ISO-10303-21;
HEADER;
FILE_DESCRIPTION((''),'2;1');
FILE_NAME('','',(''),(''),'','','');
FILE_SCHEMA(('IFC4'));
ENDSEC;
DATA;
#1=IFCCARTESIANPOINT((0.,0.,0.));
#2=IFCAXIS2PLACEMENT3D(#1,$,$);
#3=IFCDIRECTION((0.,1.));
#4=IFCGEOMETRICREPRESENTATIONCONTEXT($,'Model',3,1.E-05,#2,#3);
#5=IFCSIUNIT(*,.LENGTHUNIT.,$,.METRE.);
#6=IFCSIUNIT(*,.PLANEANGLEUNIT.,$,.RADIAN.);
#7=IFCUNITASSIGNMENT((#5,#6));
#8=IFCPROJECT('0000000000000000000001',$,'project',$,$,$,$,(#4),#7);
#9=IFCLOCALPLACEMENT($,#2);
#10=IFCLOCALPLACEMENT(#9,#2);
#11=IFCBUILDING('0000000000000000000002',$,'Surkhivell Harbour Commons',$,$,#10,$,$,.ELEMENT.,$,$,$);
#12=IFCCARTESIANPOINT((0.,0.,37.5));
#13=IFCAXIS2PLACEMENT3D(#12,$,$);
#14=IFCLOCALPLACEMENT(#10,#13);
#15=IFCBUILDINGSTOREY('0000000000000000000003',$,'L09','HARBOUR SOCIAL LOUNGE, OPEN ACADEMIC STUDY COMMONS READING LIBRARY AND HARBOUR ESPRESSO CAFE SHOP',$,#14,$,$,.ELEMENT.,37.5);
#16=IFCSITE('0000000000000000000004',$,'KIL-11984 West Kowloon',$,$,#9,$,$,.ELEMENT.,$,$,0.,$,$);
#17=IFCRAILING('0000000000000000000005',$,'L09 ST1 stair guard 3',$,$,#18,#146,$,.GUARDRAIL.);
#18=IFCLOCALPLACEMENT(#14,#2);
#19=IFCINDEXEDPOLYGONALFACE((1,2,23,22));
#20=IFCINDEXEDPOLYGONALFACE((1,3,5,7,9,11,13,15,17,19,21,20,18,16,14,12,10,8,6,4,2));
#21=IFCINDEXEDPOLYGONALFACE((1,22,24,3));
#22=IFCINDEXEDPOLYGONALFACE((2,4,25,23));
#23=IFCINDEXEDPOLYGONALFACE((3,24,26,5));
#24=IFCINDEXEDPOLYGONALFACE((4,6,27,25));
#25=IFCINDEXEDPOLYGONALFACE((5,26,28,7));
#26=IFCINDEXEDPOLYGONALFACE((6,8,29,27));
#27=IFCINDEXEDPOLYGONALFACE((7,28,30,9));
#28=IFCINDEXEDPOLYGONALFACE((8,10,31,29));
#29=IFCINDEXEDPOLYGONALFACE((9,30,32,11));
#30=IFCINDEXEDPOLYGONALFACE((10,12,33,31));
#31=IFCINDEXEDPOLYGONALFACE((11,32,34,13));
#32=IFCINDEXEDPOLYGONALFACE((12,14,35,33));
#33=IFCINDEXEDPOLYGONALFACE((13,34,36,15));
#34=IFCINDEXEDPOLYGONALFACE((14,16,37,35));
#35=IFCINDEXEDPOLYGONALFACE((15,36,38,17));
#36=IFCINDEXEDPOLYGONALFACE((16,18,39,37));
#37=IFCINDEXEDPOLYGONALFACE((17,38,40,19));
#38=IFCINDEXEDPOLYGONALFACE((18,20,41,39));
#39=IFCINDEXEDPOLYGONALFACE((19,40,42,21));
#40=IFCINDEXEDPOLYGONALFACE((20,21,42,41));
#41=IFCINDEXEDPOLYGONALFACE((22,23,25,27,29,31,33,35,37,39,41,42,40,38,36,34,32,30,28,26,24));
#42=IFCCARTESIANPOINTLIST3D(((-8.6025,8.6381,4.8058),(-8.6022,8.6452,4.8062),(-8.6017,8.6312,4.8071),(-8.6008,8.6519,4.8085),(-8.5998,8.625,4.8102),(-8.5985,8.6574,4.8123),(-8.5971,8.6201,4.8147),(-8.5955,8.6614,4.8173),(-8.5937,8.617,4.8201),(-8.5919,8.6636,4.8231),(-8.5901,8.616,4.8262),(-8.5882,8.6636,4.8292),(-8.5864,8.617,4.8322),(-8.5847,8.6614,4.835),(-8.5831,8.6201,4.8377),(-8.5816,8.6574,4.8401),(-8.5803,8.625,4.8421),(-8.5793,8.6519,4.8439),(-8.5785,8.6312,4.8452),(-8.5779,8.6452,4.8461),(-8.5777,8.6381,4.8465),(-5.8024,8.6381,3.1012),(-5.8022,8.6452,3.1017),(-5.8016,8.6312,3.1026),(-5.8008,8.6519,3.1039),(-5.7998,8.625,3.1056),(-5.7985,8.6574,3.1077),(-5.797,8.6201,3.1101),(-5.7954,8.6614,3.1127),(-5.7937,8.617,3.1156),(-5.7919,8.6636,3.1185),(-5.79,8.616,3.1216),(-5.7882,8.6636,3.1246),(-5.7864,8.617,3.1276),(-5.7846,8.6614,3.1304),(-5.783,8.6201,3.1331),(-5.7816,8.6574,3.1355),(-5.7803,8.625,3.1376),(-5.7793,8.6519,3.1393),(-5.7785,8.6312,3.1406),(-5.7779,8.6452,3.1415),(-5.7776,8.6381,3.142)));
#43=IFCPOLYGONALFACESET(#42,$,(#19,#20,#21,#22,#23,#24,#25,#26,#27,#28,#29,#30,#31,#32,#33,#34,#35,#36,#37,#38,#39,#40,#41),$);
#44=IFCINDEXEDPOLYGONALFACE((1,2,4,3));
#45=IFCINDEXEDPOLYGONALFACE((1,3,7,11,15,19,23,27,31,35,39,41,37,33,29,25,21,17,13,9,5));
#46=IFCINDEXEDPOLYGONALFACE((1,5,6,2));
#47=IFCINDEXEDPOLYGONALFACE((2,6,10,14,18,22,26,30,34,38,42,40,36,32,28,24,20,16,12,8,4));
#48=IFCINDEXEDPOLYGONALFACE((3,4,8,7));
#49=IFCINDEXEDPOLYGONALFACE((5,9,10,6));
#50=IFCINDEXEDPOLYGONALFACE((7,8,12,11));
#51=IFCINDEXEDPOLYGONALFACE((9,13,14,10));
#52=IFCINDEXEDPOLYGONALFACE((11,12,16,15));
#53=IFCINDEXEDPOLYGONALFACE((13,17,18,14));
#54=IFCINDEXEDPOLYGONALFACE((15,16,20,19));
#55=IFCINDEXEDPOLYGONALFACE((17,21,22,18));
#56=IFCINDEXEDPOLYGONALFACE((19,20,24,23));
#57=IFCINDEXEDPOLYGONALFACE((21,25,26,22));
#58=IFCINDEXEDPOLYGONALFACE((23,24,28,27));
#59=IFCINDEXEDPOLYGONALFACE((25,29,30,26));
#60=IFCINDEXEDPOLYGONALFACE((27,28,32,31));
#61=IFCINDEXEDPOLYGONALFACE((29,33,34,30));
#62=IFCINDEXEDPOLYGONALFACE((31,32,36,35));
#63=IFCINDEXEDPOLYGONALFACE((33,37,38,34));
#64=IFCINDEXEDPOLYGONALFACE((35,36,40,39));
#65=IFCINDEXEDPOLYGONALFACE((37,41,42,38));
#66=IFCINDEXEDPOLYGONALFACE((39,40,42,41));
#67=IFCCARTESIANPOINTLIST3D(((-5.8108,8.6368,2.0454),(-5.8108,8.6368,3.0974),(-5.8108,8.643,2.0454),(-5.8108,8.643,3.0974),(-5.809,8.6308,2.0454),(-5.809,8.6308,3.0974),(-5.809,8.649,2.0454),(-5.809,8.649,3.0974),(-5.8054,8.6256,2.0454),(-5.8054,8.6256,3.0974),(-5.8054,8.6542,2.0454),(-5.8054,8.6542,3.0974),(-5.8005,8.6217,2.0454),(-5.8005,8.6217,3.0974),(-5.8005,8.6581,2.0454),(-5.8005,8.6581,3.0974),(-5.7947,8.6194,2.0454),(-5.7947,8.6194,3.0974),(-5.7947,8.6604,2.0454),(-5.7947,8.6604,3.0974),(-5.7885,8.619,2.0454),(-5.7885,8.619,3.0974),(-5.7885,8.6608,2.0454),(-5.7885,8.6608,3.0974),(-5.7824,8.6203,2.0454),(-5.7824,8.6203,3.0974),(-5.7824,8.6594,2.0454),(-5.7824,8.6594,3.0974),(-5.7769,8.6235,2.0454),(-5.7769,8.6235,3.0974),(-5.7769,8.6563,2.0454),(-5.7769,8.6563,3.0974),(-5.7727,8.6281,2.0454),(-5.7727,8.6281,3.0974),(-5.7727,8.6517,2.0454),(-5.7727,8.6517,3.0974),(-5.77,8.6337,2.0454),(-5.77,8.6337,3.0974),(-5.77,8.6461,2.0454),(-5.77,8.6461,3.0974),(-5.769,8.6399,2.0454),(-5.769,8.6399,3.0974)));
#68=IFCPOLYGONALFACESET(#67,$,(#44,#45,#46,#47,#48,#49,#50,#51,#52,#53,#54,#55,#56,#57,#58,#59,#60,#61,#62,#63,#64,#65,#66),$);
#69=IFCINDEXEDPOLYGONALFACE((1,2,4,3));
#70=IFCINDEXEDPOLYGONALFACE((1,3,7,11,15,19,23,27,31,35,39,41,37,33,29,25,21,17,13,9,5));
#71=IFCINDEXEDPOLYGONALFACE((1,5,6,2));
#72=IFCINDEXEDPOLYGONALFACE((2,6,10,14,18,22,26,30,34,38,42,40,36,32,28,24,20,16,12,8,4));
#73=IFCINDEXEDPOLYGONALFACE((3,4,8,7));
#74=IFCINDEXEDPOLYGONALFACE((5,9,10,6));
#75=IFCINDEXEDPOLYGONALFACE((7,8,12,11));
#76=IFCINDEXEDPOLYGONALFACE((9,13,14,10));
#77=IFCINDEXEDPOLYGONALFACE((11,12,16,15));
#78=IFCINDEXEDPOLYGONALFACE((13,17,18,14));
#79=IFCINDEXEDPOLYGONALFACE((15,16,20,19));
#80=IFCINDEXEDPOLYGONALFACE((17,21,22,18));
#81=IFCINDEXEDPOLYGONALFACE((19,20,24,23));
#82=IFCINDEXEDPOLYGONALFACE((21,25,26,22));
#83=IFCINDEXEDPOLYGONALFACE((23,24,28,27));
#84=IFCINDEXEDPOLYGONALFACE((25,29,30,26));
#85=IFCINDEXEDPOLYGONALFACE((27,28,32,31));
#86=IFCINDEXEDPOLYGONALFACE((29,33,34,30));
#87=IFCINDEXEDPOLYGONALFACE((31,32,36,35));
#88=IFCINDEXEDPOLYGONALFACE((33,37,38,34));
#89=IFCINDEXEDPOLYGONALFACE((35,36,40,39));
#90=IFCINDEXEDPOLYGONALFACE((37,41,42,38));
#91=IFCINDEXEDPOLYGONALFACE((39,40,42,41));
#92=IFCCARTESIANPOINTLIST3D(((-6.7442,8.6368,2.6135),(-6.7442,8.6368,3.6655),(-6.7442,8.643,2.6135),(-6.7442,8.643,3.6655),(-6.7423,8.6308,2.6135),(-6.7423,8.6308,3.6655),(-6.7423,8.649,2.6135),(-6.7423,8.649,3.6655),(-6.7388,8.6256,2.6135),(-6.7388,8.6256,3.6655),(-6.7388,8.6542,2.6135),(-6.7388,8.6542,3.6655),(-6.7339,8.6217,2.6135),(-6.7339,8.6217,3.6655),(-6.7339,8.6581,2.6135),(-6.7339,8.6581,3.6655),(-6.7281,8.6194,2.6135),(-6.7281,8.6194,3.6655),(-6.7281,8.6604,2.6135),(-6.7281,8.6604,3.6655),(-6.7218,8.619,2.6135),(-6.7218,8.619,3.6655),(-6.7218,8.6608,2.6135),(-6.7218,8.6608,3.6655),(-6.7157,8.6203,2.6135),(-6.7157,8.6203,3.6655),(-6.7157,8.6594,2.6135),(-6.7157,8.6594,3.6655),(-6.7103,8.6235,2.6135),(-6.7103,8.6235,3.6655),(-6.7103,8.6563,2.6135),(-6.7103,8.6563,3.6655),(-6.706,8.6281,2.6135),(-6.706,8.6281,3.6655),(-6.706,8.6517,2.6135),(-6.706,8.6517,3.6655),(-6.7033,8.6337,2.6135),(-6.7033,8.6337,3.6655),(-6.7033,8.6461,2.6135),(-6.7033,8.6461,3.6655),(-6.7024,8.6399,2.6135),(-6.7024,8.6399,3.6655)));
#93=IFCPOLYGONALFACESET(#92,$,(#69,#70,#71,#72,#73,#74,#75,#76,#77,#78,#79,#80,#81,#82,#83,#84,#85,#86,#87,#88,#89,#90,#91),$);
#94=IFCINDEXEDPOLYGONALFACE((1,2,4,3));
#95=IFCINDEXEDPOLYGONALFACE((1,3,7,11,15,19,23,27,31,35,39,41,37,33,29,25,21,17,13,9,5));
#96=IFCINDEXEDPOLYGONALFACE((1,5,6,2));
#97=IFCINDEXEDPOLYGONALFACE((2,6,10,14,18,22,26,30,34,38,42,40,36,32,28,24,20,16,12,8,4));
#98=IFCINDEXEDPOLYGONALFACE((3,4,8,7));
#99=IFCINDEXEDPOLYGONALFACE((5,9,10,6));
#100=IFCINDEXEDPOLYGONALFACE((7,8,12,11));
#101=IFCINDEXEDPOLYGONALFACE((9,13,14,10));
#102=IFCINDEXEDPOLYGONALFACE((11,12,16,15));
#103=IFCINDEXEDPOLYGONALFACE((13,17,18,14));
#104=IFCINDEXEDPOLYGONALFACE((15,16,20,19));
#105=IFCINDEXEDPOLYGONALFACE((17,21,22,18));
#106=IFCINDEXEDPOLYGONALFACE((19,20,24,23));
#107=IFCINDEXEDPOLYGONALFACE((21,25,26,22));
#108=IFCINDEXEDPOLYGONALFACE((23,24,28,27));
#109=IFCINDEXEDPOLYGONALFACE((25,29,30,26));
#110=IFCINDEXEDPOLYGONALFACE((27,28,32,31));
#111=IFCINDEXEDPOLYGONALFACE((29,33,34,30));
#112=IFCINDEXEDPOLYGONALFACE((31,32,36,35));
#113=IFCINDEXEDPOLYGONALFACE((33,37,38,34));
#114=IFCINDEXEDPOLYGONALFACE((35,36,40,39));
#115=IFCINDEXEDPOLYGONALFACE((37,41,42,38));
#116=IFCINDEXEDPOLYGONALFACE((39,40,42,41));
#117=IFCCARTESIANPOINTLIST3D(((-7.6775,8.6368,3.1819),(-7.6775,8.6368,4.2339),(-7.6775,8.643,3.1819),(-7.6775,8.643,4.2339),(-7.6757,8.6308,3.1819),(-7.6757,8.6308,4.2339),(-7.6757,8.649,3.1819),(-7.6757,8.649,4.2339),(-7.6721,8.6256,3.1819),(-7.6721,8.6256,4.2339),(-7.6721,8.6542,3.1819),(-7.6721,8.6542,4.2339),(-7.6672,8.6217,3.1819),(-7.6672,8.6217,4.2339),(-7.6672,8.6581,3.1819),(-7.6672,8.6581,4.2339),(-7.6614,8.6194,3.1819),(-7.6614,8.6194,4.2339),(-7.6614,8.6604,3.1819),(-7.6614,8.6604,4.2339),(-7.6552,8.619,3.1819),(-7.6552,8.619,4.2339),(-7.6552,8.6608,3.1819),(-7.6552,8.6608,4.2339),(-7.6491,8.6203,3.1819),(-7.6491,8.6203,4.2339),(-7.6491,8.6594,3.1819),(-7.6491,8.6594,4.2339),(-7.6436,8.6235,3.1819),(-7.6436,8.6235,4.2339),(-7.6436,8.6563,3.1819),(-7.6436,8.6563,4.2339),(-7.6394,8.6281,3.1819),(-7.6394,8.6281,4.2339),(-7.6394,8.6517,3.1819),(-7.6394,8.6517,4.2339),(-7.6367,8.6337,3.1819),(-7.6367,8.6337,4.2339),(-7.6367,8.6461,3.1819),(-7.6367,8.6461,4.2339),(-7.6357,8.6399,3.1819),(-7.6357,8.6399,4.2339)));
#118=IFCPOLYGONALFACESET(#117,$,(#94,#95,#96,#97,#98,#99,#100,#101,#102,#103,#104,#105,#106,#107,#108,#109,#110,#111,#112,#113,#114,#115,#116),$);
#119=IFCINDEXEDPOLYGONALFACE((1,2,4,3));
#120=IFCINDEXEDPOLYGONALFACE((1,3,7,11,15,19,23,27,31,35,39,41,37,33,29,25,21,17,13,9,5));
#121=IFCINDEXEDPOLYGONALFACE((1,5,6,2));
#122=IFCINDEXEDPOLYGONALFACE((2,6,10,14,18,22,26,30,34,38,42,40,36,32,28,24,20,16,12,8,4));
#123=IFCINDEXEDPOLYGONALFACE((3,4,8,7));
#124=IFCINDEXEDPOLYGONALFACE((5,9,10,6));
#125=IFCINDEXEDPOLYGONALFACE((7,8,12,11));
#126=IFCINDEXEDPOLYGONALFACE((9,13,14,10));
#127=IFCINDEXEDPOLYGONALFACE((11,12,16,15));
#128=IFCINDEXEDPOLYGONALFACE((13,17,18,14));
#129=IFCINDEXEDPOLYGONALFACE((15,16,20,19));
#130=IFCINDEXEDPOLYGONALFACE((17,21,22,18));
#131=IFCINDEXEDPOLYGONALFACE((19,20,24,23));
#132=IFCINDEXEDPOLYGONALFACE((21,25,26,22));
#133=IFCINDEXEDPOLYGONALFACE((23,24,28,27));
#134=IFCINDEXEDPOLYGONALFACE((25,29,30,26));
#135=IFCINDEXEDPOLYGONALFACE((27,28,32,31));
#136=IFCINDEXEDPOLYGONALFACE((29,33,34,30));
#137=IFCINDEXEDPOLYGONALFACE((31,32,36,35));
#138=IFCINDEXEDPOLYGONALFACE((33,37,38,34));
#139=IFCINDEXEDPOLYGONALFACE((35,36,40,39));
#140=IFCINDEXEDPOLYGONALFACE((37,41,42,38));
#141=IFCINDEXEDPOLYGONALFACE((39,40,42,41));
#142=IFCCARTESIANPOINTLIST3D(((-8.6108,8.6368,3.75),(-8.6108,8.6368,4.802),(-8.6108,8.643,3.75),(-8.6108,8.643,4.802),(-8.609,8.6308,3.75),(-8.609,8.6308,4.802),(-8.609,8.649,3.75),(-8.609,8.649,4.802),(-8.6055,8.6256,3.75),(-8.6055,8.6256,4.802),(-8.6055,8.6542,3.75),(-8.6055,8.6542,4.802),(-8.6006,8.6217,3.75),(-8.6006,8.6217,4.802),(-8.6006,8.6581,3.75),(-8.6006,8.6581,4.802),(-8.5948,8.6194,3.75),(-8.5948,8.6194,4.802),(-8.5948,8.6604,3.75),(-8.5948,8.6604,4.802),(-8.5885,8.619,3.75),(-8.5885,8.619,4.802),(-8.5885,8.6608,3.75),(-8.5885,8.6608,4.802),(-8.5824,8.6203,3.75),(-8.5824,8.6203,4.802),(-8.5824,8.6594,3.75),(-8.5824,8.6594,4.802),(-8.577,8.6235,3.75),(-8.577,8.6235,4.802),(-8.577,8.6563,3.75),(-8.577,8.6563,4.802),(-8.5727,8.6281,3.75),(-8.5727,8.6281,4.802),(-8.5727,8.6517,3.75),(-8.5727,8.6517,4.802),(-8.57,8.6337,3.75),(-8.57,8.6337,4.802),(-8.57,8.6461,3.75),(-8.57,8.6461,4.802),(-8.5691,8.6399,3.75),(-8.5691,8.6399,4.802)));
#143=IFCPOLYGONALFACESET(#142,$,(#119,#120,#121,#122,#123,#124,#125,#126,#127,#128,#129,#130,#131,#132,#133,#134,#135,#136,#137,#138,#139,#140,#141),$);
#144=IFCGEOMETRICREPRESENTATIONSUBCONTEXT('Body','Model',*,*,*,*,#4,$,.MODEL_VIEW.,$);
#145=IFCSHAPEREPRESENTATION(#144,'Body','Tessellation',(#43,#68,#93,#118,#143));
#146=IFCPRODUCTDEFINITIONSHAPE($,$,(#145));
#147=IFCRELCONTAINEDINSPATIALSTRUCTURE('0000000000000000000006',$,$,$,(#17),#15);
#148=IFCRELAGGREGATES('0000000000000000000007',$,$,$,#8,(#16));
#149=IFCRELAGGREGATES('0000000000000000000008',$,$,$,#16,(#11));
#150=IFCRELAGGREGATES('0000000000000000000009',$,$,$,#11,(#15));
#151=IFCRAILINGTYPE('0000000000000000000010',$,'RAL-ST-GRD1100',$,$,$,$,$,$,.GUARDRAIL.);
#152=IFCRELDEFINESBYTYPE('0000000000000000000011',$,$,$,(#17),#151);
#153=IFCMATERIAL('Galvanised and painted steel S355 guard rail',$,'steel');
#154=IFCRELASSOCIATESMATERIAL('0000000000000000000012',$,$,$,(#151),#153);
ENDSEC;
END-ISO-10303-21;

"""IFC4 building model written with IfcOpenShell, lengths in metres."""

from ifc_helpers import new_model, si_unit, direction, frame, origin, origin_2d, place, context, subcontext, project, spatial, circle, extrude, material, type_object, element, save


model = new_model("IFC4")

# Units and contexts
model_context = context("Model", 3, precision=1e-05, world=origin(), true_north=direction((0.0, 1.0)))
body_context = subcontext(model_context, "Body", "Model", "MODEL_VIEW")
ifc_project = project(units=[si_unit("LENGTHUNIT", "METRE"), si_unit("PLANEANGLEUNIT", "RADIAN")], contexts=[model_context])

# Site, building, storey
site_placement = place(None, origin())
site = spatial("IfcSite", under=ifc_project, at=site_placement, Name="KIL-11984 West Kowloon", CompositionType="ELEMENT", RefElevation=0.0)
building_placement = place(site_placement, origin())
building = spatial("IfcBuilding", under=site, at=building_placement, Name="Surkhivell Harbour Commons", CompositionType="ELEMENT")
storey_placement = place(building_placement, frame((0.0, 0.0, 37.5)))
storey = spatial("IfcBuildingStorey", under=building, at=storey_placement, Name="L09", Description="HARBOUR SOCIAL LOUNGE, OPEN ACADEMIC STUDY COMMONS READING LIBRARY AND HARBOUR ESPRESSO CAFE SHOP", CompositionType="ELEMENT", Elevation=37.5)

# Railing
ifc_material_1 = material(Name="Galvanised and painted steel S355 guard rail", Category="steel")
railing_type_1 = type_object("IfcRailingType", Name="RAL-ST-GRD1100", PredefinedType="GUARDRAIL", material=ifc_material_1)
railing_1_placement = place(storey_placement, frame((-5.79, 8.6399, 2.0454)))
element("IfcRailing", 1, at=railing_1_placement, inside=storey, type_object=railing_type_1, Name="L09 ST1 stair guard 3", PredefinedType="GUARDRAIL", context=body_context, shape_type="SweptSolid", body=[
    extrude(circle(Radius=0.0239, at=origin_2d()), frame((0.0, 0.0, 1.0762), z_axis=(-0.85417, 0.0, 0.519994), x_axis=(0.0, -1.0, 0.0)), (0.0, 0.0, 1.0), 3.2781),
    extrude(circle(Radius=0.021, at=origin_2d()), origin(), (0.0, 0.0, 1.0), 1.052),
    extrude(circle(Radius=0.021, at=origin_2d()), frame((-0.9333, 0.0, 0.5681)), (0.0, 0.0, 1.0), 1.052),
    extrude(circle(Radius=0.021, at=origin_2d()), frame((-1.8667, 0.0, 1.1365)), (0.0, 0.0, 1.0), 1.052),
    extrude(circle(Radius=0.021, at=origin_2d()), frame((-2.8, 0.0, 1.7046)), (0.0, 0.0, 1.0), 1.052),
])

save(model, "model.ifc")
